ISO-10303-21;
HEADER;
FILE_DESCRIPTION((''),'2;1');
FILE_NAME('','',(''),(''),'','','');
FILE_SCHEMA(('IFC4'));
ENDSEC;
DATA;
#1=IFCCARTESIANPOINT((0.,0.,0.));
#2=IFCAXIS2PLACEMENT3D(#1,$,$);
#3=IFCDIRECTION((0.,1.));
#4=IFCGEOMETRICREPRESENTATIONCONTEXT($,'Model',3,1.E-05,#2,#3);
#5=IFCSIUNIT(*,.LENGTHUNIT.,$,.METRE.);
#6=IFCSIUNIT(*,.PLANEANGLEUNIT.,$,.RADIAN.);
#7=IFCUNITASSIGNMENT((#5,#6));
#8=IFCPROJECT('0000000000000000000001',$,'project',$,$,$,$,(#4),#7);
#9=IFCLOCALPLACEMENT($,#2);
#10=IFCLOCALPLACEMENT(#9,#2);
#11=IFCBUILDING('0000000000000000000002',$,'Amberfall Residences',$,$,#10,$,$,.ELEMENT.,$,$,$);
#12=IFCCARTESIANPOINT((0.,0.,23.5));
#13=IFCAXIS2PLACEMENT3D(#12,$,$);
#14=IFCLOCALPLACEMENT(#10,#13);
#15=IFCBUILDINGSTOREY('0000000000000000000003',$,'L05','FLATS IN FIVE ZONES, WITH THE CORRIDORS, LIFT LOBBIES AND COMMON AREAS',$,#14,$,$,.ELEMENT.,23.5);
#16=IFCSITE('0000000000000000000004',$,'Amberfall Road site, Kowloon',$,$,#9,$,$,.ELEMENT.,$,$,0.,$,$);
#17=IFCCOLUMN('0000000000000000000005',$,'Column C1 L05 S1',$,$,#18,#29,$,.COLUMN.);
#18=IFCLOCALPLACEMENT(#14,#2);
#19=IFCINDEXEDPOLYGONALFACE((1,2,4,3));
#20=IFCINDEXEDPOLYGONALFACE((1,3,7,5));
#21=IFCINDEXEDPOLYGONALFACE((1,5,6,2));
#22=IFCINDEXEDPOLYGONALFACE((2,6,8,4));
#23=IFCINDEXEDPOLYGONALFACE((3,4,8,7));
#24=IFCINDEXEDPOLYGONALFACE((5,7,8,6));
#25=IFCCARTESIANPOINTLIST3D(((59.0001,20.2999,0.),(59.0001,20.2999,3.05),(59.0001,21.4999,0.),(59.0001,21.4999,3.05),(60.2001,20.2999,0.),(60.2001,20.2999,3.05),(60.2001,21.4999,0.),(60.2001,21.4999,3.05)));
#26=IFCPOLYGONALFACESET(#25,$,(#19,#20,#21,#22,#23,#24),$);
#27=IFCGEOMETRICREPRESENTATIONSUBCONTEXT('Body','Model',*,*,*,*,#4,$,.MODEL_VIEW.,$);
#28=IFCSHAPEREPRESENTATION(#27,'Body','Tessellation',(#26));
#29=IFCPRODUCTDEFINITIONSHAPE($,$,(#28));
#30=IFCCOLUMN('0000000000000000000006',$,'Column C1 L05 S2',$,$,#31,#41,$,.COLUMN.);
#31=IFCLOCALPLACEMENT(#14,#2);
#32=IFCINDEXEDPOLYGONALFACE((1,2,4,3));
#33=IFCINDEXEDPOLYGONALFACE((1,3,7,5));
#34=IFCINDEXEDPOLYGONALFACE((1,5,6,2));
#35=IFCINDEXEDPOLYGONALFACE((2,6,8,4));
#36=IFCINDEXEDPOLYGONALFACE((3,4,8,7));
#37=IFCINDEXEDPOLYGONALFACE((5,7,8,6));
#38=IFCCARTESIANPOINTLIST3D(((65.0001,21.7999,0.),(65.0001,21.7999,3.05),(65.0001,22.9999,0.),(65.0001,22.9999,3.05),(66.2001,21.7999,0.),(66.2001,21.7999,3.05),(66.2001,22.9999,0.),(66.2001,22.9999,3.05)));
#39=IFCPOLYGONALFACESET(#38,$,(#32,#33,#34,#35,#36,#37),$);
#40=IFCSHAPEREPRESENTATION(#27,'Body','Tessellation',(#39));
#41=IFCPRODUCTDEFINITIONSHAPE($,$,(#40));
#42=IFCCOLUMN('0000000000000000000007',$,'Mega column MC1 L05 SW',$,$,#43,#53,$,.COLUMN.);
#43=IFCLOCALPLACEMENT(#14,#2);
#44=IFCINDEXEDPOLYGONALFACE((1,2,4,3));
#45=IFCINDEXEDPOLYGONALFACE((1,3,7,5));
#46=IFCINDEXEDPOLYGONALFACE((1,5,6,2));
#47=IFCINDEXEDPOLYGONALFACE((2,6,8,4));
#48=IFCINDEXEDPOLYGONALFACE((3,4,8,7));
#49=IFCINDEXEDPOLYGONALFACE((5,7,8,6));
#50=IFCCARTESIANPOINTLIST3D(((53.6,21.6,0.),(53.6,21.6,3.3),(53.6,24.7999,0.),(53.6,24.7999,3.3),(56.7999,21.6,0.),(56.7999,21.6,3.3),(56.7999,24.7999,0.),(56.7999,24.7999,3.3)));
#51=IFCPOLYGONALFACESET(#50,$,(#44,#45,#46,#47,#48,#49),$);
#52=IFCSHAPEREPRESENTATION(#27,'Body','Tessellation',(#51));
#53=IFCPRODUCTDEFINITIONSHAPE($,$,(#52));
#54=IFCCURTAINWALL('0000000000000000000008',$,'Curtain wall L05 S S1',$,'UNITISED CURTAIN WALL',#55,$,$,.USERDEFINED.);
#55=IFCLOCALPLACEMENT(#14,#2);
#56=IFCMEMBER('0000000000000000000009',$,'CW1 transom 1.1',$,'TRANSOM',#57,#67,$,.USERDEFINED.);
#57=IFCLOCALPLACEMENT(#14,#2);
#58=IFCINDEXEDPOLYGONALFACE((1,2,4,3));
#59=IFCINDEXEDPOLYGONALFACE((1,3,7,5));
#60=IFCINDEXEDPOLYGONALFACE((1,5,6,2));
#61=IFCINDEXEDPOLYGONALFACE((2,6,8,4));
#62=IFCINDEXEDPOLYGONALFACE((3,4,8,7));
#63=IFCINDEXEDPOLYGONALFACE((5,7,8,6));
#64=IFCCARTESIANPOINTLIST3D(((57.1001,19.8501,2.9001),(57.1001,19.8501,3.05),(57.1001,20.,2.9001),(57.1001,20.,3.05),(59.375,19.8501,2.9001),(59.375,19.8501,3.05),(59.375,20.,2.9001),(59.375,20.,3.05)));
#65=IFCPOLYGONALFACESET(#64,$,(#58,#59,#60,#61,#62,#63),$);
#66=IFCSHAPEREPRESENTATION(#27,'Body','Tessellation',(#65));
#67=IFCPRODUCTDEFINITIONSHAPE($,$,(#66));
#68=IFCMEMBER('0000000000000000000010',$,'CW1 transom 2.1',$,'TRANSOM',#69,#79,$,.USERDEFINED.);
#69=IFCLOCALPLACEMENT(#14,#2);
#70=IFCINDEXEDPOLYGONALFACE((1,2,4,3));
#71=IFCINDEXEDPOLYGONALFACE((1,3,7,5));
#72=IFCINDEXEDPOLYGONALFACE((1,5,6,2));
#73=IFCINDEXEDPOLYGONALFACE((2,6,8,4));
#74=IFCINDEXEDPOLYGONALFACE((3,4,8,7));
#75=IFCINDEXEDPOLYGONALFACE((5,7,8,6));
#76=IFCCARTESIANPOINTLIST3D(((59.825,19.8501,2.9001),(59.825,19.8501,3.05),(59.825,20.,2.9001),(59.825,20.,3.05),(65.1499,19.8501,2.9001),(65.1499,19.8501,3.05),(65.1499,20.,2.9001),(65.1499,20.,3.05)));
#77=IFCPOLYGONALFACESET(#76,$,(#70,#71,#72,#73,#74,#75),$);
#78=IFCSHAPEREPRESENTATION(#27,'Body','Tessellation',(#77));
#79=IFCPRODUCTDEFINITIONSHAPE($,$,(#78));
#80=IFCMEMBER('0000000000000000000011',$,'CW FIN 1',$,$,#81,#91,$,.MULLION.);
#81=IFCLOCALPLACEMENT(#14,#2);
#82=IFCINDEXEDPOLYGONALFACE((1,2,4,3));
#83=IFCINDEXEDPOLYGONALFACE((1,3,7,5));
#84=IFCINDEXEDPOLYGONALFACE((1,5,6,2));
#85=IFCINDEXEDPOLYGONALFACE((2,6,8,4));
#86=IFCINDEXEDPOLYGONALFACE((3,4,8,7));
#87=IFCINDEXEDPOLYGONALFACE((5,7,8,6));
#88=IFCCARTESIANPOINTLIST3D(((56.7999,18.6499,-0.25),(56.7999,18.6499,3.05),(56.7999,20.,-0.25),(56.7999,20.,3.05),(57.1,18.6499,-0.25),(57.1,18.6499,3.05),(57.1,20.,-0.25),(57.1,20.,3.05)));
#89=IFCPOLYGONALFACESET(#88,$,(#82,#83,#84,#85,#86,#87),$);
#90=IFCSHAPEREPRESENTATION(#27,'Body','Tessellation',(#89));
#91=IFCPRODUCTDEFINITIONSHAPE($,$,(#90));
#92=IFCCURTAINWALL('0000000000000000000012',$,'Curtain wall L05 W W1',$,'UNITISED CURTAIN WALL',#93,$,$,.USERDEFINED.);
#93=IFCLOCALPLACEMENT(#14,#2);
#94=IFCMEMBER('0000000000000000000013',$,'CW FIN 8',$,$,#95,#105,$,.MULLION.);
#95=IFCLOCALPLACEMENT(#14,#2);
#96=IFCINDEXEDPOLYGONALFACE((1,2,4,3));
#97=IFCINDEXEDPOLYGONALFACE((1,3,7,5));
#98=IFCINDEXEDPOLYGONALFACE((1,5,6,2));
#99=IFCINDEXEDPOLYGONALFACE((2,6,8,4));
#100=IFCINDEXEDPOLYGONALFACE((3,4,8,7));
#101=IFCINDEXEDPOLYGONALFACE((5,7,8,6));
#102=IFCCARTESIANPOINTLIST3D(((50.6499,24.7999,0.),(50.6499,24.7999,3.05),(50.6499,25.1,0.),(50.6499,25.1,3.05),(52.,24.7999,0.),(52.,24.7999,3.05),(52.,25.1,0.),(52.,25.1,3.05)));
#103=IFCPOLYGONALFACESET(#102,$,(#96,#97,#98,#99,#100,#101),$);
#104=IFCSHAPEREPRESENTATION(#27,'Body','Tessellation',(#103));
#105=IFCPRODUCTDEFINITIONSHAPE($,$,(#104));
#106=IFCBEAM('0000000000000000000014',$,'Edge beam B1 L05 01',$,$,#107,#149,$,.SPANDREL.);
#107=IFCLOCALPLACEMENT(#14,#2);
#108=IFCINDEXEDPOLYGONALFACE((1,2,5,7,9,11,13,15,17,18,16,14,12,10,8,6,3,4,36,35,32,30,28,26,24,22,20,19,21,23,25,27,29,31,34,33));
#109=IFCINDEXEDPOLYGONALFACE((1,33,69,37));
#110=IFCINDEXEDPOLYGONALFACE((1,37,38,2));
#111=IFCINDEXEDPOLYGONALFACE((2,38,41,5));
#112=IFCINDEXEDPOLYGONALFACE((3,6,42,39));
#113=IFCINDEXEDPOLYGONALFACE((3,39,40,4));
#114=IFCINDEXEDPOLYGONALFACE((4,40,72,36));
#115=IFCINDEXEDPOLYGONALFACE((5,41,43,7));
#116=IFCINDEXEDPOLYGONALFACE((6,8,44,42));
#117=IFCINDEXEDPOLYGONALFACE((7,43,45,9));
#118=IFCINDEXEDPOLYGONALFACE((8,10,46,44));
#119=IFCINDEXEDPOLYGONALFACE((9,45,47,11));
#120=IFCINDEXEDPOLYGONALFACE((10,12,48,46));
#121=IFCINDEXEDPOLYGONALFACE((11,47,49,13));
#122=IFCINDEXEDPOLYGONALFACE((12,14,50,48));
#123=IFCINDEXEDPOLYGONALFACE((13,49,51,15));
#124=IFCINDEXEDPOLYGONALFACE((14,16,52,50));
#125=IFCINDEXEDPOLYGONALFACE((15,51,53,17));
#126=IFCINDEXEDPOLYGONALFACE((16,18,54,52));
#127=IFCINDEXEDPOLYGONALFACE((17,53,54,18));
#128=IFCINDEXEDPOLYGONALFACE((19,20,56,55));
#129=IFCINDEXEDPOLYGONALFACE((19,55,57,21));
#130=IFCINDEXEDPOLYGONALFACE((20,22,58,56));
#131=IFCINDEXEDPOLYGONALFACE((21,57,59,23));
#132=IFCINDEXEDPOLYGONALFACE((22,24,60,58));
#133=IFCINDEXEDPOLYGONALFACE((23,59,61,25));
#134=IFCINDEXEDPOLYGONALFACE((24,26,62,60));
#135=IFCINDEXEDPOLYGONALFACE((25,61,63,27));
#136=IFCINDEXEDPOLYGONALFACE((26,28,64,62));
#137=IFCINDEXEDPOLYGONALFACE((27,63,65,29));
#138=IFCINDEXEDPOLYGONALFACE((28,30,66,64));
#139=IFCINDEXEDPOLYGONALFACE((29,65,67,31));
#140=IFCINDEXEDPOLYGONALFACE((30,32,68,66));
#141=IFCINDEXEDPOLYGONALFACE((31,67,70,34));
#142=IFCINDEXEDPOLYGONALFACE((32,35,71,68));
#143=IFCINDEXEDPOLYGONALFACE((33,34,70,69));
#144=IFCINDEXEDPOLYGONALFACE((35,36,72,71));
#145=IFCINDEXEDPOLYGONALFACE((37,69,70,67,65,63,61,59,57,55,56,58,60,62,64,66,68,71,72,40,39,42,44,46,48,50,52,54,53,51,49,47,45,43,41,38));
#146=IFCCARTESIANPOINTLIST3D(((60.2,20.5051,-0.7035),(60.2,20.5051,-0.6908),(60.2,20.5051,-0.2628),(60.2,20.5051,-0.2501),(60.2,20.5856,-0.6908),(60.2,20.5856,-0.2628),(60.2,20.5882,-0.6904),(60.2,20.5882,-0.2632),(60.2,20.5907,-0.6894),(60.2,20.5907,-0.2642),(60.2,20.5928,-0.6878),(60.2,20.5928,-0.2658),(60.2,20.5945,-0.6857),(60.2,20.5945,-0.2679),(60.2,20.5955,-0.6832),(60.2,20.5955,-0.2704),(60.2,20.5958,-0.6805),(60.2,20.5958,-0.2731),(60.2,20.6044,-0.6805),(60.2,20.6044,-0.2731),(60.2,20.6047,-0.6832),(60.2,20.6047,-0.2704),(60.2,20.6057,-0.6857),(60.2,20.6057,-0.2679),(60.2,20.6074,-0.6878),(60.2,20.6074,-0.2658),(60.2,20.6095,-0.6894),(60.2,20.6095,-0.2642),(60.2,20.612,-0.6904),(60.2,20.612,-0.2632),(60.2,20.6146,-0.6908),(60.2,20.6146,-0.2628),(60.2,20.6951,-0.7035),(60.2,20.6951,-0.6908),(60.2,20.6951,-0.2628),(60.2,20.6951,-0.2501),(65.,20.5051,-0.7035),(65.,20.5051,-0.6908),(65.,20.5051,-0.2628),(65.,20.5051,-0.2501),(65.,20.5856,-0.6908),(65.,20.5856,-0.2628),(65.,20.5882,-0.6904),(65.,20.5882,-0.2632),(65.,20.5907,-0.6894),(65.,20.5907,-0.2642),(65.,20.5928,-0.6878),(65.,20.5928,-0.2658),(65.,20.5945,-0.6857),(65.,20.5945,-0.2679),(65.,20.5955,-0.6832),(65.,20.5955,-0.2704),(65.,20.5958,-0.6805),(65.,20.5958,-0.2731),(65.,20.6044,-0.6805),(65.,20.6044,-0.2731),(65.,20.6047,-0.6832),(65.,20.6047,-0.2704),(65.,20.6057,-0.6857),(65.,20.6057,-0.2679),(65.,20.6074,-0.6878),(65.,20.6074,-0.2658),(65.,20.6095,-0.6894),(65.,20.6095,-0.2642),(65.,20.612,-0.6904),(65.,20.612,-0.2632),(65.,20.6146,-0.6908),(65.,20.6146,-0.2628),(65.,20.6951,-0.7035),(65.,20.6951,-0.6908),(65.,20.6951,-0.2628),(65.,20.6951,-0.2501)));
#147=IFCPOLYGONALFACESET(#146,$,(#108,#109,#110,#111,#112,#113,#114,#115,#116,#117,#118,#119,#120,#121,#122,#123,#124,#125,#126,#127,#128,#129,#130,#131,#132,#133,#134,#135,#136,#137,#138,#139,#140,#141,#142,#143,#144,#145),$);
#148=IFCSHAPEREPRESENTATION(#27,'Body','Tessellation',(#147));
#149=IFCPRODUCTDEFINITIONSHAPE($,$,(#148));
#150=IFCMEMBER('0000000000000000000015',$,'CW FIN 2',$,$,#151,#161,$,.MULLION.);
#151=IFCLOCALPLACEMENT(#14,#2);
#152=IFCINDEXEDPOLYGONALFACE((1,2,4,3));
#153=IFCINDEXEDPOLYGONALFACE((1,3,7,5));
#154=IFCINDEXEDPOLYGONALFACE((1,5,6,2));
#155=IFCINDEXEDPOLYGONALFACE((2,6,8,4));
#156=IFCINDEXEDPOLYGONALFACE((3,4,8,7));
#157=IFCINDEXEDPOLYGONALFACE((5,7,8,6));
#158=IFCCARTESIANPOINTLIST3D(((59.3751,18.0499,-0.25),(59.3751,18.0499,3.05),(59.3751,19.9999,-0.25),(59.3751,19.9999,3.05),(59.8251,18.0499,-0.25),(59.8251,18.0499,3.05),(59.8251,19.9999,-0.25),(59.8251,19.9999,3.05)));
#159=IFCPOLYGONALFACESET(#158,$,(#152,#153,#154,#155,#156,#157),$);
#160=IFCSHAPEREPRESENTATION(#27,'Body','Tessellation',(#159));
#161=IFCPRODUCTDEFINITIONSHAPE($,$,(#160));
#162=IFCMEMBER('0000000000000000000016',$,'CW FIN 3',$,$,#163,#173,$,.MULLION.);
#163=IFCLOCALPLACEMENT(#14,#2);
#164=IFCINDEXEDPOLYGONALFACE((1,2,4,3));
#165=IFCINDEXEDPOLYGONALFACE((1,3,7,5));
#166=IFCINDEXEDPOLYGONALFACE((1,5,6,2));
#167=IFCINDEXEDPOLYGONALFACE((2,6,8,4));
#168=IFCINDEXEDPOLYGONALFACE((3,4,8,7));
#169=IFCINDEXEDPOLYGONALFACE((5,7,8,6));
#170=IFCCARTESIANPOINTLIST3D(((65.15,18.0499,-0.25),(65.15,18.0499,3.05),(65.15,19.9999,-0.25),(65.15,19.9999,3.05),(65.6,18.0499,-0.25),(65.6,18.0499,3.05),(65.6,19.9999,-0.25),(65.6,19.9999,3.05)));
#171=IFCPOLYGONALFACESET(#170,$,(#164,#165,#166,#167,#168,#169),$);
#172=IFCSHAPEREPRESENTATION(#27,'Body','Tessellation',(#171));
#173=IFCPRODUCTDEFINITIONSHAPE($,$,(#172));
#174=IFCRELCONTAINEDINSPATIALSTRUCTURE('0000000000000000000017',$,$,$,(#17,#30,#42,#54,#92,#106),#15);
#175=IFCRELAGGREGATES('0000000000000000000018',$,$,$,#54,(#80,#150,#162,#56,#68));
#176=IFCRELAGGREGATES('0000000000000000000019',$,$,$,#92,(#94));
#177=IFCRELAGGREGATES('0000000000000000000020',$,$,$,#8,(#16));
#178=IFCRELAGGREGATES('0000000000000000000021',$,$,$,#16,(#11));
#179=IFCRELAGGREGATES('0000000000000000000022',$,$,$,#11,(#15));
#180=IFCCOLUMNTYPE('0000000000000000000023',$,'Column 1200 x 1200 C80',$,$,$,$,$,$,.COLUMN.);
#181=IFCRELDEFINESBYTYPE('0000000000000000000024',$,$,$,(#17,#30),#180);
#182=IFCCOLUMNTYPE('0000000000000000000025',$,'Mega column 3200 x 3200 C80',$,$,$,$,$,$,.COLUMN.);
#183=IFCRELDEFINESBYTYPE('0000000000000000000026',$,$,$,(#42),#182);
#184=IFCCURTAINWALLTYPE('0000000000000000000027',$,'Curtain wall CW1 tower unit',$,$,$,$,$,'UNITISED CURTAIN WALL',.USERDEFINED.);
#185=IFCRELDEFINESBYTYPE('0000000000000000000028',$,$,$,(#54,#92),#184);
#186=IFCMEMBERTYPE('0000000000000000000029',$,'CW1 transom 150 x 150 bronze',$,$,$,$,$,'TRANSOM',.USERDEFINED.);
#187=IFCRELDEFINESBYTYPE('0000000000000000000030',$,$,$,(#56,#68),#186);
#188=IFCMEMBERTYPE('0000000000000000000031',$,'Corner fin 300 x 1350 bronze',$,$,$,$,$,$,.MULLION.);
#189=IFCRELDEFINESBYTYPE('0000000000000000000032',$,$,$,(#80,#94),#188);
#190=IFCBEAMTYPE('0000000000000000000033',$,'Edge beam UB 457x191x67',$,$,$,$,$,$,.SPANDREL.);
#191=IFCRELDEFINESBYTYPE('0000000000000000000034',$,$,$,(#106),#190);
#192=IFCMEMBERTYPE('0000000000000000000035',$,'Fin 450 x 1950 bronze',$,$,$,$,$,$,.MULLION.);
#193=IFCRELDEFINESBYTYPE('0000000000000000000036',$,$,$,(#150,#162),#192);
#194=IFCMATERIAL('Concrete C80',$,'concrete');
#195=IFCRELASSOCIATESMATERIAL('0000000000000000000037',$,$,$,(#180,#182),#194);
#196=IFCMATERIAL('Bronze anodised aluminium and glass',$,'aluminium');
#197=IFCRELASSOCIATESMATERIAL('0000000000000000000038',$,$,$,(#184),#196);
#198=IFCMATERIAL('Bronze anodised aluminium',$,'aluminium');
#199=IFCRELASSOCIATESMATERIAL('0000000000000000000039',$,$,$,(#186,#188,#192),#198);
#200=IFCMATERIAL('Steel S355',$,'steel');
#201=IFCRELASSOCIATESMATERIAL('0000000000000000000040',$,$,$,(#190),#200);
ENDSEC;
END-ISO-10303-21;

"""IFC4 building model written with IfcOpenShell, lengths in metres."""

from ifc_helpers import new_model, si_unit, direction, frame, origin, origin_2d, place, context, subcontext, project, spatial, rectangle, i_section, extrude, material, material_profile, profile_set, type_object, element, aggregate, save


model = new_model("IFC4")

# Units and contexts
model_context = context("Model", 3, precision=1e-05, world=origin(), true_north=direction((0.0, 1.0)))
body_context = subcontext(model_context, "Body", "Model", "MODEL_VIEW")
ifc_project = project(units=[si_unit("LENGTHUNIT", "METRE"), si_unit("PLANEANGLEUNIT", "RADIAN")], contexts=[model_context])

# Site, building, storey
site_placement = place(None, origin())
site = spatial("IfcSite", under=ifc_project, at=site_placement, Name="Amberfall Road site, Kowloon", CompositionType="ELEMENT", RefElevation=0.0)
building_placement = place(site_placement, origin())
building = spatial("IfcBuilding", under=site, at=building_placement, Name="Amberfall Residences", CompositionType="ELEMENT")
storey_placement = place(building_placement, frame((0.0, 0.0, 23.5)))
storey = spatial("IfcBuildingStorey", under=building, at=storey_placement, Name="L05", Description="FLATS IN FIVE ZONES, WITH THE CORRIDORS, LIFT LOBBIES AND COMMON AREAS", CompositionType="ELEMENT", Elevation=23.5)

# Columns
ifc_material_1 = material(Name="Concrete C80", Category="concrete")
ifc_material_profile_1 = material_profile(ifc_material_1, rectangle(XDim=1.2, YDim=1.2, at=origin_2d()), Name="Column 1200 x 1200 C80")
ifc_profile_set_1 = profile_set([ifc_material_profile_1], Name="Concrete C80")
column_type_1 = type_object("IfcColumnType", Name="Column 1200 x 1200 C80", PredefinedType="COLUMN", material=ifc_profile_set_1)
for number, where, z_axis, x_axis, name in (
    (1, (59.6001, 20.8999, 0.0), (0.0, 0.0, 1.0), (1.0, 0.0, 0.0), "Column C1 L05 S1"),
    (2, (65.6001, 22.3999, 0.0), (0.0, 0.0, 1.0), (1.0, 0.0, 0.0), "Column C1 L05 S2"),
):
    element("IfcColumn", number, at=place(storey_placement, frame(where, z_axis=z_axis, x_axis=x_axis)), inside=storey, type_object=column_type_1, Name=name, PredefinedType="COLUMN", context=body_context, shape_type="SweptSolid", body=[
        extrude(rectangle(XDim=1.2, YDim=1.2, at=origin_2d()), origin(), (0.0, 0.0, 1.0), 3.05),
    ])
ifc_material_profile_2 = material_profile(ifc_material_1, rectangle(XDim=3.2, YDim=3.2, at=origin_2d()), Name="Mega column 3200 x 3200 C80")
ifc_profile_set_2 = profile_set([ifc_material_profile_2], Name="Concrete C80")
column_type_2 = type_object("IfcColumnType", Name="Mega column 3200 x 3200 C80", PredefinedType="COLUMN", material=ifc_profile_set_2)
column_placement = place(storey_placement, frame((55.2, 23.2, 0.0), z_axis=(0.0, 0.0, 1.0), x_axis=(1.0, 0.0, 0.0)))
element("IfcColumn", 3, at=column_placement, inside=storey, type_object=column_type_2, Name="Mega column MC1 L05 SW", PredefinedType="COLUMN", context=body_context, shape_type="SweptSolid", body=[
    extrude(rectangle(XDim=3.2, YDim=3.2, at=origin_2d()), origin(), (0.0, 0.0, 1.0), 3.3),
])

# Curtain wall, members
ifc_material_2 = material(Name="Bronze anodised aluminium and glass", Category="aluminium")
curtain_wall_type = type_object("IfcCurtainWallType", Name="Curtain wall CW1 tower unit", ElementType="UNITISED CURTAIN WALL", PredefinedType="USERDEFINED", material=ifc_material_2)
curtain_wall_1_placement = place(storey_placement, origin())
curtain_wall_1 = element("IfcCurtainWall", 4, at=curtain_wall_1_placement, inside=storey, type_object=curtain_wall_type, Name="Curtain wall L05 S S1", ObjectType="UNITISED CURTAIN WALL", PredefinedType="USERDEFINED")
ifc_material_3 = material(Name="Bronze anodised aluminium", Category="aluminium")
ifc_material_profile_3 = material_profile(ifc_material_3, rectangle(XDim=0.1499, YDim=0.1499, at=origin_2d()), Name="CW1 transom 150 x 150 bronze")
ifc_profile_set_3 = profile_set([ifc_material_profile_3], Name="Bronze anodised aluminium")
member_type_1 = type_object("IfcMemberType", Name="CW1 transom 150 x 150 bronze", ElementType="TRANSOM", PredefinedType="USERDEFINED", material=ifc_profile_set_3)
member_1_placement = place(storey_placement, frame((57.1001, 19.925, 2.9751), z_axis=(1.0, 0.0, 0.0), x_axis=(0.0, 1.0, 0.0)))
member_1 = element("IfcMember", 5, at=member_1_placement, type_object=member_type_1, Name="CW1 transom 1.1", ObjectType="TRANSOM", PredefinedType="USERDEFINED", context=body_context, shape_type="SweptSolid", body=[
    extrude(rectangle(XDim=0.1499, YDim=0.1499, at=origin_2d()), origin(), (0.0, 0.0, 1.0), 2.2749),
])
member_2_placement = place(storey_placement, frame((59.825, 19.925, 2.9751), z_axis=(1.0, 0.0, 0.0), x_axis=(0.0, 1.0, 0.0)))
member_2 = element("IfcMember", 6, at=member_2_placement, type_object=member_type_1, Name="CW1 transom 2.1", ObjectType="TRANSOM", PredefinedType="USERDEFINED", context=body_context, shape_type="SweptSolid", body=[
    extrude(rectangle(XDim=0.1499, YDim=0.1499, at=origin_2d()), origin(), (0.0, 0.0, 1.0), 5.325),
])
ifc_material_profile_4 = material_profile(ifc_material_3, rectangle(XDim=1.3501, YDim=0.3, at=origin_2d()), Name="Corner fin 300 x 1350 bronze")
ifc_profile_set_4 = profile_set([ifc_material_profile_4], Name="Bronze anodised aluminium")
member_type_2 = type_object("IfcMemberType", Name="Corner fin 300 x 1350 bronze", PredefinedType="MULLION", material=ifc_profile_set_4)
member_3_placement = place(storey_placement, frame((56.95, 19.325, -0.25), z_axis=(0.0, 0.0, 1.0), x_axis=(0.0, 1.0, 0.0)))
member_3 = element("IfcMember", 7, at=member_3_placement, type_object=member_type_2, Name="CW FIN 1", PredefinedType="MULLION", context=body_context, shape_type="SweptSolid", body=[
    extrude(rectangle(XDim=1.3501, YDim=0.3, at=origin_2d()), origin(), (0.0, 0.0, 1.0), 3.3),
])

# Curtain wall, member
curtain_wall_2_placement = place(storey_placement, origin())
curtain_wall_2 = element("IfcCurtainWall", 8, at=curtain_wall_2_placement, inside=storey, type_object=curtain_wall_type, Name="Curtain wall L05 W W1", ObjectType="UNITISED CURTAIN WALL", PredefinedType="USERDEFINED")
member_4_placement = place(storey_placement, frame((51.325, 24.95, 0.0), z_axis=(0.0, 0.0, 1.0), x_axis=(1.0, 0.0, 0.0)))
member_4 = element("IfcMember", 9, at=member_4_placement, type_object=member_type_2, Name="CW FIN 8", PredefinedType="MULLION", context=body_context, shape_type="SweptSolid", body=[
    extrude(rectangle(XDim=1.3501, YDim=0.3, at=origin_2d()), origin(), (0.0, 0.0, 1.0), 3.05),
])

# Beam
ifc_material_4 = material(Name="Steel S355", Category="steel")
ifc_material_profile_5 = material_profile(ifc_material_4, i_section(OverallWidth=0.1899, OverallDepth=0.4534, WebThickness=0.0085, FlangeThickness=0.0127, FilletRadius=0.0103, at=origin_2d()), Name="UB 457x191x67")
ifc_profile_set_5 = profile_set([ifc_material_profile_5], Name="Steel S355")
beam_type_1 = type_object("IfcBeamType", Name="Edge beam UB 457x191x67", PredefinedType="SPANDREL", material=ifc_profile_set_5)
beam_1_placement = place(storey_placement, frame((60.2, 20.6001, -0.4768), z_axis=(1.0, 0.0, 0.0), x_axis=(0.0, 1.0, 0.0)))
element("IfcBeam", 10, at=beam_1_placement, inside=storey, type_object=beam_type_1, Name="Edge beam B1 L05 01", PredefinedType="SPANDREL", context=body_context, shape_type="SweptSolid", body=[
    extrude(i_section(OverallWidth=0.1899, OverallDepth=0.4534, WebThickness=0.0085, FlangeThickness=0.0127, FilletRadius=0.0103, at=origin_2d()), origin(), (0.0, 0.0, 1.0), 4.8),
])

# Members
ifc_material_profile_6 = material_profile(ifc_material_3, rectangle(XDim=1.95, YDim=0.45, at=origin_2d()), Name="Fin 450 x 1950 bronze")
ifc_profile_set_6 = profile_set([ifc_material_profile_6], Name="Bronze anodised aluminium")
member_type_3 = type_object("IfcMemberType", Name="Fin 450 x 1950 bronze", PredefinedType="MULLION", material=ifc_profile_set_6)
member_5_placement = place(storey_placement, frame((59.6001, 19.0249, -0.25), z_axis=(0.0, 0.0, 1.0), x_axis=(0.0, 1.0, 0.0)))
member_5 = element("IfcMember", 11, at=member_5_placement, type_object=member_type_3, Name="CW FIN 2", PredefinedType="MULLION", context=body_context, shape_type="SweptSolid", body=[
    extrude(rectangle(XDim=1.95, YDim=0.45, at=origin_2d()), origin(), (0.0, 0.0, 1.0), 3.3),
])
member_6_placement = place(storey_placement, frame((65.375, 19.0249, -0.25), z_axis=(0.0, 0.0, 1.0), x_axis=(0.0, 1.0, 0.0)))
member_6 = element("IfcMember", 12, at=member_6_placement, type_object=member_type_3, Name="CW FIN 3", PredefinedType="MULLION", context=body_context, shape_type="SweptSolid", body=[
    extrude(rectangle(XDim=1.95, YDim=0.45, at=origin_2d()), origin(), (0.0, 0.0, 1.0), 3.3),
])

aggregate(curtain_wall_1, [member_3, member_5, member_6, member_1, member_2])
aggregate(curtain_wall_2, [member_4])

save(model, "model.ifc")
